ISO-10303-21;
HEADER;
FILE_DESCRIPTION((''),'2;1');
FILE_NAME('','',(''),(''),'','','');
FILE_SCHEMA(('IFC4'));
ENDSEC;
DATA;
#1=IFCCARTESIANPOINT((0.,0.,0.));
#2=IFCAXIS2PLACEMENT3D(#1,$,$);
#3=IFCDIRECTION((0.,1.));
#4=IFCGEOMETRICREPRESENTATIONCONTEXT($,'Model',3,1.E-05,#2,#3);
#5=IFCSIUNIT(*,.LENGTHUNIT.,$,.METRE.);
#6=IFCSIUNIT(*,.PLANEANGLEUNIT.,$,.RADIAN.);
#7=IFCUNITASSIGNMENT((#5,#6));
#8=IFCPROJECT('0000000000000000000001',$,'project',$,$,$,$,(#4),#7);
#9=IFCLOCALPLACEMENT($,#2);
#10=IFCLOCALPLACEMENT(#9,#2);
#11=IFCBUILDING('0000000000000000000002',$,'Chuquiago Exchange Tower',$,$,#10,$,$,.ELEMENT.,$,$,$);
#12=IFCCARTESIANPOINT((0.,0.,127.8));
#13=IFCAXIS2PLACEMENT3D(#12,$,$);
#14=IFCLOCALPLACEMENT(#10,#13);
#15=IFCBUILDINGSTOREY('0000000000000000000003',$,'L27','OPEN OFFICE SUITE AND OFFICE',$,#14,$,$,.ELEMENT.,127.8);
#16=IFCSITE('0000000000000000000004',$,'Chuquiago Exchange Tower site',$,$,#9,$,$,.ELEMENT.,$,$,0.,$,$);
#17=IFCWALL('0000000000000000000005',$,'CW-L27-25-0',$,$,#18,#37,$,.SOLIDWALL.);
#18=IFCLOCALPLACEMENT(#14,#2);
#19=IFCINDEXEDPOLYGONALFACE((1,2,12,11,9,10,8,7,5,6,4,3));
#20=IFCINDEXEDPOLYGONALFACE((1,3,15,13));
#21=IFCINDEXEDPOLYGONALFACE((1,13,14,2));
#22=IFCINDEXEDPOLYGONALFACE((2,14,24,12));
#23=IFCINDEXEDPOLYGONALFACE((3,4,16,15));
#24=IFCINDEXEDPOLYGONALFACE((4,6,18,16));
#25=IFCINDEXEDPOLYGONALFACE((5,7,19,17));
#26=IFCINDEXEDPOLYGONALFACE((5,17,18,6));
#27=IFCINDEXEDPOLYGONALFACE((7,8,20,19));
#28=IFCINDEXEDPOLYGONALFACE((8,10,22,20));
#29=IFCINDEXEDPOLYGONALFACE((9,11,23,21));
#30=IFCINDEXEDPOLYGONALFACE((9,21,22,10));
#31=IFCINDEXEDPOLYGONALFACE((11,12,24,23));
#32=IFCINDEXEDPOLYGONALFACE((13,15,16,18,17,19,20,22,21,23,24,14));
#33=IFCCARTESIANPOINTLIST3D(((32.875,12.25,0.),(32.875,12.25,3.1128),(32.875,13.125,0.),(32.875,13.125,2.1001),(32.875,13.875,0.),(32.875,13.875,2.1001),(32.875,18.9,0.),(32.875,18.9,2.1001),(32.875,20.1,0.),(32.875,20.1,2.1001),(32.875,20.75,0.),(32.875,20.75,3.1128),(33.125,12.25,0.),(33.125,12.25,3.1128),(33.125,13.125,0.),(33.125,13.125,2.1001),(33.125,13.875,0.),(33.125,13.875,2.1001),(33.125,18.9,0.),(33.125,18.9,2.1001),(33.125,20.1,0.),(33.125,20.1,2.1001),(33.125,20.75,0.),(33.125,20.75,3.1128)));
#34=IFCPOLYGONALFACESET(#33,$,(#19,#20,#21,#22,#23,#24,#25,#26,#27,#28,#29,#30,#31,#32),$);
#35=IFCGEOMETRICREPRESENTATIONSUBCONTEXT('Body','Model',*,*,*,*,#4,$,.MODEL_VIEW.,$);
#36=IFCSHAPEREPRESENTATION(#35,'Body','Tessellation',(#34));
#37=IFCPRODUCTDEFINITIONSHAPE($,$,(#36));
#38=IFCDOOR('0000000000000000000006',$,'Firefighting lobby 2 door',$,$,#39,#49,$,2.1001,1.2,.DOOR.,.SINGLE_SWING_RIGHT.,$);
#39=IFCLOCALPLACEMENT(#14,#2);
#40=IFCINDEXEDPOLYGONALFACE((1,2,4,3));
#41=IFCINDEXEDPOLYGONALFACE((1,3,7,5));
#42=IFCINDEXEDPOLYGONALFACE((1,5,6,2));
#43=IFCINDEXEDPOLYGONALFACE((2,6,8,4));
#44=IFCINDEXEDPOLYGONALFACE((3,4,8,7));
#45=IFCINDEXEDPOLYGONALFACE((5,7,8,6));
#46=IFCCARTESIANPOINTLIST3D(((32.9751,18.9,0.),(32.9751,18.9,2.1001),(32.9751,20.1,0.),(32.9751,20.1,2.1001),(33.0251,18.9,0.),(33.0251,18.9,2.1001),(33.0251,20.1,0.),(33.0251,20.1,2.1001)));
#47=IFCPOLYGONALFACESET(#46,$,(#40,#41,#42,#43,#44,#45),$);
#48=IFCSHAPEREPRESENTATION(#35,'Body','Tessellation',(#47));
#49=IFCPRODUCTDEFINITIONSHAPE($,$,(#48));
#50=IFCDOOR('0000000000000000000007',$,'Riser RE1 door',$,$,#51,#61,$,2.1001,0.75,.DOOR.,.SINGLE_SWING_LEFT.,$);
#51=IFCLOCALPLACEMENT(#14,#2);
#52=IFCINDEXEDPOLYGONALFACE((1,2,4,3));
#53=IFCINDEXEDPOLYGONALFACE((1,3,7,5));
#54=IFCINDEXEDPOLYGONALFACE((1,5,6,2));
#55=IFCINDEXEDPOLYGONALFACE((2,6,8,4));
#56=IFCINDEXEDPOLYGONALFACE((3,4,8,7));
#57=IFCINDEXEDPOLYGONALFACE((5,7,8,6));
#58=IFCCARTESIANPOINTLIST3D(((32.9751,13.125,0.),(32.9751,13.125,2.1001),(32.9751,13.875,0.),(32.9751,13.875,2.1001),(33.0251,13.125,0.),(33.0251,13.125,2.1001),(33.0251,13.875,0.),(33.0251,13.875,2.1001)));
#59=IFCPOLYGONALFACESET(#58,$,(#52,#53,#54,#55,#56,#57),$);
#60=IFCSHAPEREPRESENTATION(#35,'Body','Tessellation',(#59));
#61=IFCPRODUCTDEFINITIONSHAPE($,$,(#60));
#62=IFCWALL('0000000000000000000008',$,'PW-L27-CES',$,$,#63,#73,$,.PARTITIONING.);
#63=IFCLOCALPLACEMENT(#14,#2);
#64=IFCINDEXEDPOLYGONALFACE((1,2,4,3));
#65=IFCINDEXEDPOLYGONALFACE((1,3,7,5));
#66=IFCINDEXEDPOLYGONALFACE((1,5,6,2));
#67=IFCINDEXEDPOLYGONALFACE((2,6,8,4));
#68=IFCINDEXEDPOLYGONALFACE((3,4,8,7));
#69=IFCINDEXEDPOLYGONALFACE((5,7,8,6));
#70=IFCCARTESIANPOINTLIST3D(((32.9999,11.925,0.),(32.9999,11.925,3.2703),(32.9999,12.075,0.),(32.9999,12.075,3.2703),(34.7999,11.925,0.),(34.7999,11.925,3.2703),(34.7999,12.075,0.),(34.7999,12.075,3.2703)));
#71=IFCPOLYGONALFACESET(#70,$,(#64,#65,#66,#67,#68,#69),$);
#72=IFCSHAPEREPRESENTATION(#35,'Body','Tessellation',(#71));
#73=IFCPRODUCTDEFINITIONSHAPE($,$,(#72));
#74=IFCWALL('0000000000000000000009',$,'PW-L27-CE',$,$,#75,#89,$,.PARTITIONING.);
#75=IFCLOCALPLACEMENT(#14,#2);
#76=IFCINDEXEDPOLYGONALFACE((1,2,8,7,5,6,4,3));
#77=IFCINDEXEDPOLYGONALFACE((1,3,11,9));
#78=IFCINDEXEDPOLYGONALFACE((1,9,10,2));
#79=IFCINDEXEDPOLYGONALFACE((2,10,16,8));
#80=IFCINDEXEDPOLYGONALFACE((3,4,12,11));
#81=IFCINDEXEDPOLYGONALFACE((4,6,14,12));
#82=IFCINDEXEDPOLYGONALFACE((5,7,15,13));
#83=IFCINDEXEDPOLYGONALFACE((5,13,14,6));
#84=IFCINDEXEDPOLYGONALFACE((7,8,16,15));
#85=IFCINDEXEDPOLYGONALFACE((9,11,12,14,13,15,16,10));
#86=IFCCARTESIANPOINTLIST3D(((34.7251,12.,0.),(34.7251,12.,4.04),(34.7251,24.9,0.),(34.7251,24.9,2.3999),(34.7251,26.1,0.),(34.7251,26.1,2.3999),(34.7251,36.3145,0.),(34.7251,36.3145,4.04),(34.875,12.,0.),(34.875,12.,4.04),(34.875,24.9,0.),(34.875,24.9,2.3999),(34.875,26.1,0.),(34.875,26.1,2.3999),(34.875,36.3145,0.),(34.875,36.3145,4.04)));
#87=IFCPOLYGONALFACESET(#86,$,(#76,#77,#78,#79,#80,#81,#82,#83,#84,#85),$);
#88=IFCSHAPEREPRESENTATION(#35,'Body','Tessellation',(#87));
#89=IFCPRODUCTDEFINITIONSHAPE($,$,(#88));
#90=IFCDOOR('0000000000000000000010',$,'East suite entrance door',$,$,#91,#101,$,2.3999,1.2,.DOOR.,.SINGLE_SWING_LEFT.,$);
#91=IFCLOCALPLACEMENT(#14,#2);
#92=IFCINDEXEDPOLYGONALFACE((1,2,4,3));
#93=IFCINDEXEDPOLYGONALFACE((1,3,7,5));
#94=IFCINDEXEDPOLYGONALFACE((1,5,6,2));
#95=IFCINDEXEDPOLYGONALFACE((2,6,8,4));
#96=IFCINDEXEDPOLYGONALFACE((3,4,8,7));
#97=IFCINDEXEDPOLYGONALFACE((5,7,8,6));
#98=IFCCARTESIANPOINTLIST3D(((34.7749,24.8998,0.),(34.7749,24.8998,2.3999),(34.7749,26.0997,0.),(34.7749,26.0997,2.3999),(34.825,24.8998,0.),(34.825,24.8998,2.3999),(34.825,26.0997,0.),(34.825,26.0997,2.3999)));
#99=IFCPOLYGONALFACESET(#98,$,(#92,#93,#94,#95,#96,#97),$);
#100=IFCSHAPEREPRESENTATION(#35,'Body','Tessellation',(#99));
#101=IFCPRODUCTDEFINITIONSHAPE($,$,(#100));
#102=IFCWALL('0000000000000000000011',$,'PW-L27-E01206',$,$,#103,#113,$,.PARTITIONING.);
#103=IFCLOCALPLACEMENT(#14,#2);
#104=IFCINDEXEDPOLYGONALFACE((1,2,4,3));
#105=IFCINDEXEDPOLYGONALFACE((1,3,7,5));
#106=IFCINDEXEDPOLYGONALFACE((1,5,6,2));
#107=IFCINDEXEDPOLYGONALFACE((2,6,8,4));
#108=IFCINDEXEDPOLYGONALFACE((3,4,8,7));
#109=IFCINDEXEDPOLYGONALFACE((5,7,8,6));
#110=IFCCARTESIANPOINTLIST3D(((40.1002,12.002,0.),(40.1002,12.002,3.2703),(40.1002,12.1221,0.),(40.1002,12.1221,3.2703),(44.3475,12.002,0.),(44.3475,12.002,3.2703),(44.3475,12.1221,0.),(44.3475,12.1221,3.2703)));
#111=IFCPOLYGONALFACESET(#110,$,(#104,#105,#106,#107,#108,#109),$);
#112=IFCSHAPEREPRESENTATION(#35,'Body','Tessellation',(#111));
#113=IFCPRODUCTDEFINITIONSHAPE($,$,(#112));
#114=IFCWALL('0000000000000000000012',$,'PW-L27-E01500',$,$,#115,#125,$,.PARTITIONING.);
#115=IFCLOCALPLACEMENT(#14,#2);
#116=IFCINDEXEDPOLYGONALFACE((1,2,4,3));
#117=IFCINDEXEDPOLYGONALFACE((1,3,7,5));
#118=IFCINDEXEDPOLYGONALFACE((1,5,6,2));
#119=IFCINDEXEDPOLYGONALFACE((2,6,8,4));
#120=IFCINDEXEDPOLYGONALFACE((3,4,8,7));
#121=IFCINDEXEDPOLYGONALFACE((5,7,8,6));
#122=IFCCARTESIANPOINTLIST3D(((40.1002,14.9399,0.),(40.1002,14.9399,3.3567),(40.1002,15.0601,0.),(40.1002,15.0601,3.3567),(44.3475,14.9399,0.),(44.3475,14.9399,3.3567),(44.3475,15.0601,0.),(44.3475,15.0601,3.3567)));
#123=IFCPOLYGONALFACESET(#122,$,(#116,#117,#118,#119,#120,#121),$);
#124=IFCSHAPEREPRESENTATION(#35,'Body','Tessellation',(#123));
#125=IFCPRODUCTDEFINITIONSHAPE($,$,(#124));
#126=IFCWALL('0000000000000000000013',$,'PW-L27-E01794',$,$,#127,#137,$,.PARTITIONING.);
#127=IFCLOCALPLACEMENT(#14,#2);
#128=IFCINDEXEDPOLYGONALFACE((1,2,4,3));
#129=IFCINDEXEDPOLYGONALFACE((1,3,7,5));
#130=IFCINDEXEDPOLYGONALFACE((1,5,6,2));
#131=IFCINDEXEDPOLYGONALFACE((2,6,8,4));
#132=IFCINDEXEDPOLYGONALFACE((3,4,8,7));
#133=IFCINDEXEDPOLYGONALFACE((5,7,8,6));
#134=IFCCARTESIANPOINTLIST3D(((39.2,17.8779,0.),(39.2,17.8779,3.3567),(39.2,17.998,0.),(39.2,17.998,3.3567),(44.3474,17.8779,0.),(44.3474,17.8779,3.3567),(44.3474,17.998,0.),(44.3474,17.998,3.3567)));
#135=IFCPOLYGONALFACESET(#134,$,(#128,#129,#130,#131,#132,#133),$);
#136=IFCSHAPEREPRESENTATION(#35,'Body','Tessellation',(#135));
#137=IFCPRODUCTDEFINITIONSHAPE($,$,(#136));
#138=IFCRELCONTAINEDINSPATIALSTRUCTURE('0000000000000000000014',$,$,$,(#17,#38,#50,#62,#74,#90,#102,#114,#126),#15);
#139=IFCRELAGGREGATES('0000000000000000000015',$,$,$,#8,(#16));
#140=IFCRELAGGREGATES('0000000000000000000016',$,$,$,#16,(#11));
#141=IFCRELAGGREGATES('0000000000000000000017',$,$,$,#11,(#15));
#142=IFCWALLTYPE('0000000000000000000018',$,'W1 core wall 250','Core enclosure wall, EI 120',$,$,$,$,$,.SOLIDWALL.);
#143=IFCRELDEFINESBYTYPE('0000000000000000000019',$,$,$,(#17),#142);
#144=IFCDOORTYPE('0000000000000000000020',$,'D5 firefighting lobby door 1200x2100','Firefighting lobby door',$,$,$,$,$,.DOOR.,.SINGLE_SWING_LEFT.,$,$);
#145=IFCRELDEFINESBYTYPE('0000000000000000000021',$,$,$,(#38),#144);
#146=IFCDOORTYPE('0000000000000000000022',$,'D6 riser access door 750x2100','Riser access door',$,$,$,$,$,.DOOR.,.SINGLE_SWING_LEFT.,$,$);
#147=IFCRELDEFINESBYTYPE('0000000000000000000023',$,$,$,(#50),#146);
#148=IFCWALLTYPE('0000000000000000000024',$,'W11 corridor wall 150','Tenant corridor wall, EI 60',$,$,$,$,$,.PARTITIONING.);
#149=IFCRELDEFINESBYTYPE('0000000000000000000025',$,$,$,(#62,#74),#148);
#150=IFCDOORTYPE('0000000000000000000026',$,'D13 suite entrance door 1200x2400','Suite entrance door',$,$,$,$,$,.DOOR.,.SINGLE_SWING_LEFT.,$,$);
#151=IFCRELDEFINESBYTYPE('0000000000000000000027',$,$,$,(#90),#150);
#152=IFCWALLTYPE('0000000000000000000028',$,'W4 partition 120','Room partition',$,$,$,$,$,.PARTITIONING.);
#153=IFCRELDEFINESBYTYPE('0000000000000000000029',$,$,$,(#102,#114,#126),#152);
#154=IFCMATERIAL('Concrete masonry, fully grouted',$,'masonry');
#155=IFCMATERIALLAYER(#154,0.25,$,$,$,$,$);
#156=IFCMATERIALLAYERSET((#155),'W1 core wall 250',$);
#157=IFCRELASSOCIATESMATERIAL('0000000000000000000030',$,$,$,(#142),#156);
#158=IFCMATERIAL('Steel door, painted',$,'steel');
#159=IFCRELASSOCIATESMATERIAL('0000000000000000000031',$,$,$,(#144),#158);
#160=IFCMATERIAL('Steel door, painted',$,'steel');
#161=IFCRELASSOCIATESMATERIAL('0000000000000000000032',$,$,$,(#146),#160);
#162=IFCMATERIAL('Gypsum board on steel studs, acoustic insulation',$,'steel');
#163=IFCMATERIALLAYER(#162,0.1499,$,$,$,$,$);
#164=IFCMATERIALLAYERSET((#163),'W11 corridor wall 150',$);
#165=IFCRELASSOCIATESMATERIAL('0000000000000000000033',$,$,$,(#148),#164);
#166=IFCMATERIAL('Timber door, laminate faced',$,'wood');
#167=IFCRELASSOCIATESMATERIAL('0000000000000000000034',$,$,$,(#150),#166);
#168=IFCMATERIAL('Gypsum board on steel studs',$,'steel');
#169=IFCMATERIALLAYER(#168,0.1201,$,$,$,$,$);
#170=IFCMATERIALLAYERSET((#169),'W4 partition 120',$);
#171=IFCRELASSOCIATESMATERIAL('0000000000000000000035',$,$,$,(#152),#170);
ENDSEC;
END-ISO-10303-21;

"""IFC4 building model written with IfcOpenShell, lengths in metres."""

from ifc_helpers import new_model, si_unit, direction, frame, frame_2d, origin, place, context, subcontext, project, spatial, rectangle, extrude, material, layer, layer_set, type_object, element, fill, save


model = new_model("IFC4")

# Units and contexts
model_context = context("Model", 3, precision=1e-05, world=origin(), true_north=direction((0.0, 1.0)))
body_context = subcontext(model_context, "Body", "Model", "MODEL_VIEW")
ifc_project = project(units=[si_unit("LENGTHUNIT", "METRE"), si_unit("PLANEANGLEUNIT", "RADIAN")], contexts=[model_context])

# Site, building, storey
site_placement = place(None, origin())
site = spatial("IfcSite", under=ifc_project, at=site_placement, Name="Chuquiago Exchange Tower site", CompositionType="ELEMENT", RefElevation=0.0)
building_placement = place(site_placement, origin())
building = spatial("IfcBuilding", under=site, at=building_placement, Name="Chuquiago Exchange Tower", CompositionType="ELEMENT")
storey_placement = place(building_placement, frame((0.0, 0.0, 127.8)))
storey = spatial("IfcBuildingStorey", under=building, at=storey_placement, Name="L27", Description="OPEN OFFICE SUITE AND OFFICE", CompositionType="ELEMENT", Elevation=127.8)

# Wall, openings, doors
ifc_material_1 = material(Name="Concrete masonry, fully grouted", Category="masonry")
ifc_layer_1 = layer(ifc_material_1, 0.25)
ifc_layer_set_1 = layer_set([ifc_layer_1], Name="W1 core wall 250")
wall_type_1 = type_object("IfcWallType", Name="W1 core wall 250", Description="Core enclosure wall, EI 120", PredefinedType="SOLIDWALL", material=ifc_layer_set_1)
wall_1_placement = place(storey_placement, frame((33.0, 12.25, 0.0), z_axis=(0.0, 0.0, 1.0), x_axis=(0.0, 1.0, 0.0)))
wall_1 = element("IfcWall", 1, at=wall_1_placement, inside=storey, type_object=wall_type_1, Name="CW-L27-25-0", PredefinedType="SOLIDWALL", context=body_context, shape_type="SweptSolid", body=[
    extrude(rectangle(XDim=8.5, YDim=0.25, at=frame_2d((4.25, 0.0))), origin(), (0.0, 0.0, 1.0), 3.1128),
])
opening_1_placement = place(wall_1_placement, frame((6.6499, 0.0, 0.0)))
opening_1 = element("IfcOpeningElement", 2, at=opening_1_placement, cuts=wall_1, PredefinedType="OPENING", context=body_context, shape_type="SweptSolid", body=[
    extrude(rectangle(XDim=1.2, YDim=2.1001, at=frame_2d((0.6001, 1.05))), frame((0.0, 0.135, 0.0), z_axis=(0.0, -1.0, 0.0), x_axis=(1.0, 0.0, 0.0)), (0.0, 0.0, 1.0), 0.27),
])
opening_2_placement = place(wall_1_placement, frame((0.875, 0.0, 0.0)))
opening_2 = element("IfcOpeningElement", 3, at=opening_2_placement, cuts=wall_1, PredefinedType="OPENING", context=body_context, shape_type="SweptSolid", body=[
    extrude(rectangle(XDim=0.75, YDim=2.1001, at=frame_2d((0.375, 1.05))), frame((0.0, 0.135, 0.0), z_axis=(0.0, -1.0, 0.0), x_axis=(1.0, 0.0, 0.0)), (0.0, 0.0, 1.0), 0.27),
])
ifc_material_2 = material(Name="Steel door, painted", Category="steel")
door_type_1 = type_object("IfcDoorType", Name="D5 firefighting lobby door 1200x2100", Description="Firefighting lobby door", OperationType="SINGLE_SWING_LEFT", PredefinedType="DOOR", material=ifc_material_2)
door_1_placement = place(opening_1_placement, origin())
door_1 = element("IfcDoor", 4, at=door_1_placement, inside=storey, type_object=door_type_1, Name="Firefighting lobby 2 door", OperationType="SINGLE_SWING_RIGHT", OverallHeight=2.1001, OverallWidth=1.2, PredefinedType="DOOR", context=body_context, shape_type="SweptSolid", body=[
    extrude(rectangle(XDim=1.2, YDim=2.1001, at=frame_2d((0.6001, 1.05))), frame((0.0, 0.0249, 0.0), z_axis=(0.0, -1.0, 0.0), x_axis=(1.0, 0.0, 0.0)), (0.0, 0.0, 1.0), 0.05),
])
fill(opening_1, door_1)
ifc_material_3 = material(Name="Steel door, painted", Category="steel")
door_type_2 = type_object("IfcDoorType", Name="D6 riser access door 750x2100", Description="Riser access door", OperationType="SINGLE_SWING_LEFT", PredefinedType="DOOR", material=ifc_material_3)
door_2_placement = place(opening_2_placement, origin())
door_2 = element("IfcDoor", 5, at=door_2_placement, inside=storey, type_object=door_type_2, Name="Riser RE1 door", OperationType="SINGLE_SWING_LEFT", OverallHeight=2.1001, OverallWidth=0.75, PredefinedType="DOOR", context=body_context, shape_type="SweptSolid", body=[
    extrude(rectangle(XDim=0.75, YDim=2.1001, at=frame_2d((0.375, 1.05))), frame((0.0, 0.0249, 0.0), z_axis=(0.0, -1.0, 0.0), x_axis=(1.0, 0.0, 0.0)), (0.0, 0.0, 1.0), 0.05),
])
fill(opening_2, door_2)

# Wall
ifc_material_4 = material(Name="Gypsum board on steel studs, acoustic insulation", Category="steel")
ifc_layer_2 = layer(ifc_material_4, 0.1499)
ifc_layer_set_2 = layer_set([ifc_layer_2], Name="W11 corridor wall 150")
wall_type_2 = type_object("IfcWallType", Name="W11 corridor wall 150", Description="Tenant corridor wall, EI 60", PredefinedType="PARTITIONING", material=ifc_layer_set_2)
wall_2_placement = place(storey_placement, frame((33.0, 12.0, 0.0), z_axis=(0.0, 0.0, 1.0), x_axis=(1.0, 0.0, 0.0)))
element("IfcWall", 6, at=wall_2_placement, inside=storey, type_object=wall_type_2, Name="PW-L27-CES", PredefinedType="PARTITIONING", context=body_context, shape_type="SweptSolid", body=[
    extrude(rectangle(XDim=1.8, YDim=0.1499, at=frame_2d((0.8999, 0.0))), origin(), (0.0, 0.0, 1.0), 3.2703),
])

# Wall, opening, door
wall_3_placement = place(storey_placement, frame((34.8, 12.0, 0.0), z_axis=(0.0, 0.0, 1.0), x_axis=(0.0, 1.0, 0.0)))
wall_3 = element("IfcWall", 7, at=wall_3_placement, inside=storey, type_object=wall_type_2, Name="PW-L27-CE", PredefinedType="PARTITIONING", context=body_context, shape_type="SweptSolid", body=[
    extrude(rectangle(XDim=24.3145, YDim=0.1499, at=frame_2d((12.1572, 0.0))), origin(), (0.0, 0.0, 1.0), 4.04),
])
opening_3_placement = place(wall_3_placement, frame((12.8999, 0.0, 0.0)))
opening_3 = element("IfcOpeningElement", 8, at=opening_3_placement, cuts=wall_3, PredefinedType="OPENING", context=body_context, shape_type="SweptSolid", body=[
    extrude(rectangle(XDim=1.2, YDim=2.3999, at=frame_2d((0.6001, 1.2))), frame((0.0, 0.085, 0.0), z_axis=(0.0, -1.0, 0.0), x_axis=(1.0, 0.0, 0.0)), (0.0, 0.0, 1.0), 0.1699),
])
ifc_material_5 = material(Name="Timber door, laminate faced", Category="wood")
door_type_3 = type_object("IfcDoorType", Name="D13 suite entrance door 1200x2400", Description="Suite entrance door", OperationType="SINGLE_SWING_LEFT", PredefinedType="DOOR", material=ifc_material_5)
door_3_placement = place(opening_3_placement, frame((1.2, 0.0, 0.0), z_axis=(0.0, 0.0, 1.0), x_axis=(-1.0, 0.0, 0.0)))
door_3 = element("IfcDoor", 9, at=door_3_placement, inside=storey, type_object=door_type_3, Name="East suite entrance door", OperationType="SINGLE_SWING_LEFT", OverallHeight=2.3999, OverallWidth=1.2, PredefinedType="DOOR", context=body_context, shape_type="SweptSolid", body=[
    extrude(rectangle(XDim=1.2, YDim=2.3999, at=frame_2d((0.6001, 1.2))), frame((0.0, 0.0249, 0.0), z_axis=(0.0, -1.0, 0.0), x_axis=(1.0, 0.0, 0.0)), (0.0, 0.0, 1.0), 0.05),
])
fill(opening_3, door_3)

# Walls
ifc_material_6 = material(Name="Gypsum board on steel studs", Category="steel")
ifc_layer_3 = layer(ifc_material_6, 0.1201)
ifc_layer_set_3 = layer_set([ifc_layer_3], Name="W4 partition 120")
wall_type_3 = type_object("IfcWallType", Name="W4 partition 120", Description="Room partition", PredefinedType="PARTITIONING", material=ifc_layer_set_3)
wall_4_placement = place(storey_placement, frame((44.3474, 12.062, 0.0), z_axis=(0.0, 0.0, 1.0), x_axis=(-1.0, 0.0, 0.0)))
element("IfcWall", 10, at=wall_4_placement, inside=storey, type_object=wall_type_3, Name="PW-L27-E01206", PredefinedType="PARTITIONING", context=body_context, shape_type="SweptSolid", body=[
    extrude(rectangle(XDim=4.2473, YDim=0.1201, at=frame_2d((2.1235, 0.0))), origin(), (0.0, 0.0, 1.0), 3.2703),
])
wall_5_placement = place(storey_placement, frame((44.3474, 15.0, 0.0), z_axis=(0.0, 0.0, 1.0), x_axis=(-1.0, 0.0, 0.0)))
element("IfcWall", 11, at=wall_5_placement, inside=storey, type_object=wall_type_3, Name="PW-L27-E01500", PredefinedType="PARTITIONING", context=body_context, shape_type="SweptSolid", body=[
    extrude(rectangle(XDim=4.2473, YDim=0.1201, at=frame_2d((2.1235, 0.0))), origin(), (0.0, 0.0, 1.0), 3.3567),
])
wall_6_placement = place(storey_placement, frame((44.3474, 17.938, 0.0), z_axis=(0.0, 0.0, 1.0), x_axis=(-1.0, 0.0, 0.0)))
element("IfcWall", 12, at=wall_6_placement, inside=storey, type_object=wall_type_3, Name="PW-L27-E01794", PredefinedType="PARTITIONING", context=body_context, shape_type="SweptSolid", body=[
    extrude(rectangle(XDim=5.1475, YDim=0.1201, at=frame_2d((2.5737, 0.0))), origin(), (0.0, 0.0, 1.0), 3.3567),
])

save(model, "model.ifc")
